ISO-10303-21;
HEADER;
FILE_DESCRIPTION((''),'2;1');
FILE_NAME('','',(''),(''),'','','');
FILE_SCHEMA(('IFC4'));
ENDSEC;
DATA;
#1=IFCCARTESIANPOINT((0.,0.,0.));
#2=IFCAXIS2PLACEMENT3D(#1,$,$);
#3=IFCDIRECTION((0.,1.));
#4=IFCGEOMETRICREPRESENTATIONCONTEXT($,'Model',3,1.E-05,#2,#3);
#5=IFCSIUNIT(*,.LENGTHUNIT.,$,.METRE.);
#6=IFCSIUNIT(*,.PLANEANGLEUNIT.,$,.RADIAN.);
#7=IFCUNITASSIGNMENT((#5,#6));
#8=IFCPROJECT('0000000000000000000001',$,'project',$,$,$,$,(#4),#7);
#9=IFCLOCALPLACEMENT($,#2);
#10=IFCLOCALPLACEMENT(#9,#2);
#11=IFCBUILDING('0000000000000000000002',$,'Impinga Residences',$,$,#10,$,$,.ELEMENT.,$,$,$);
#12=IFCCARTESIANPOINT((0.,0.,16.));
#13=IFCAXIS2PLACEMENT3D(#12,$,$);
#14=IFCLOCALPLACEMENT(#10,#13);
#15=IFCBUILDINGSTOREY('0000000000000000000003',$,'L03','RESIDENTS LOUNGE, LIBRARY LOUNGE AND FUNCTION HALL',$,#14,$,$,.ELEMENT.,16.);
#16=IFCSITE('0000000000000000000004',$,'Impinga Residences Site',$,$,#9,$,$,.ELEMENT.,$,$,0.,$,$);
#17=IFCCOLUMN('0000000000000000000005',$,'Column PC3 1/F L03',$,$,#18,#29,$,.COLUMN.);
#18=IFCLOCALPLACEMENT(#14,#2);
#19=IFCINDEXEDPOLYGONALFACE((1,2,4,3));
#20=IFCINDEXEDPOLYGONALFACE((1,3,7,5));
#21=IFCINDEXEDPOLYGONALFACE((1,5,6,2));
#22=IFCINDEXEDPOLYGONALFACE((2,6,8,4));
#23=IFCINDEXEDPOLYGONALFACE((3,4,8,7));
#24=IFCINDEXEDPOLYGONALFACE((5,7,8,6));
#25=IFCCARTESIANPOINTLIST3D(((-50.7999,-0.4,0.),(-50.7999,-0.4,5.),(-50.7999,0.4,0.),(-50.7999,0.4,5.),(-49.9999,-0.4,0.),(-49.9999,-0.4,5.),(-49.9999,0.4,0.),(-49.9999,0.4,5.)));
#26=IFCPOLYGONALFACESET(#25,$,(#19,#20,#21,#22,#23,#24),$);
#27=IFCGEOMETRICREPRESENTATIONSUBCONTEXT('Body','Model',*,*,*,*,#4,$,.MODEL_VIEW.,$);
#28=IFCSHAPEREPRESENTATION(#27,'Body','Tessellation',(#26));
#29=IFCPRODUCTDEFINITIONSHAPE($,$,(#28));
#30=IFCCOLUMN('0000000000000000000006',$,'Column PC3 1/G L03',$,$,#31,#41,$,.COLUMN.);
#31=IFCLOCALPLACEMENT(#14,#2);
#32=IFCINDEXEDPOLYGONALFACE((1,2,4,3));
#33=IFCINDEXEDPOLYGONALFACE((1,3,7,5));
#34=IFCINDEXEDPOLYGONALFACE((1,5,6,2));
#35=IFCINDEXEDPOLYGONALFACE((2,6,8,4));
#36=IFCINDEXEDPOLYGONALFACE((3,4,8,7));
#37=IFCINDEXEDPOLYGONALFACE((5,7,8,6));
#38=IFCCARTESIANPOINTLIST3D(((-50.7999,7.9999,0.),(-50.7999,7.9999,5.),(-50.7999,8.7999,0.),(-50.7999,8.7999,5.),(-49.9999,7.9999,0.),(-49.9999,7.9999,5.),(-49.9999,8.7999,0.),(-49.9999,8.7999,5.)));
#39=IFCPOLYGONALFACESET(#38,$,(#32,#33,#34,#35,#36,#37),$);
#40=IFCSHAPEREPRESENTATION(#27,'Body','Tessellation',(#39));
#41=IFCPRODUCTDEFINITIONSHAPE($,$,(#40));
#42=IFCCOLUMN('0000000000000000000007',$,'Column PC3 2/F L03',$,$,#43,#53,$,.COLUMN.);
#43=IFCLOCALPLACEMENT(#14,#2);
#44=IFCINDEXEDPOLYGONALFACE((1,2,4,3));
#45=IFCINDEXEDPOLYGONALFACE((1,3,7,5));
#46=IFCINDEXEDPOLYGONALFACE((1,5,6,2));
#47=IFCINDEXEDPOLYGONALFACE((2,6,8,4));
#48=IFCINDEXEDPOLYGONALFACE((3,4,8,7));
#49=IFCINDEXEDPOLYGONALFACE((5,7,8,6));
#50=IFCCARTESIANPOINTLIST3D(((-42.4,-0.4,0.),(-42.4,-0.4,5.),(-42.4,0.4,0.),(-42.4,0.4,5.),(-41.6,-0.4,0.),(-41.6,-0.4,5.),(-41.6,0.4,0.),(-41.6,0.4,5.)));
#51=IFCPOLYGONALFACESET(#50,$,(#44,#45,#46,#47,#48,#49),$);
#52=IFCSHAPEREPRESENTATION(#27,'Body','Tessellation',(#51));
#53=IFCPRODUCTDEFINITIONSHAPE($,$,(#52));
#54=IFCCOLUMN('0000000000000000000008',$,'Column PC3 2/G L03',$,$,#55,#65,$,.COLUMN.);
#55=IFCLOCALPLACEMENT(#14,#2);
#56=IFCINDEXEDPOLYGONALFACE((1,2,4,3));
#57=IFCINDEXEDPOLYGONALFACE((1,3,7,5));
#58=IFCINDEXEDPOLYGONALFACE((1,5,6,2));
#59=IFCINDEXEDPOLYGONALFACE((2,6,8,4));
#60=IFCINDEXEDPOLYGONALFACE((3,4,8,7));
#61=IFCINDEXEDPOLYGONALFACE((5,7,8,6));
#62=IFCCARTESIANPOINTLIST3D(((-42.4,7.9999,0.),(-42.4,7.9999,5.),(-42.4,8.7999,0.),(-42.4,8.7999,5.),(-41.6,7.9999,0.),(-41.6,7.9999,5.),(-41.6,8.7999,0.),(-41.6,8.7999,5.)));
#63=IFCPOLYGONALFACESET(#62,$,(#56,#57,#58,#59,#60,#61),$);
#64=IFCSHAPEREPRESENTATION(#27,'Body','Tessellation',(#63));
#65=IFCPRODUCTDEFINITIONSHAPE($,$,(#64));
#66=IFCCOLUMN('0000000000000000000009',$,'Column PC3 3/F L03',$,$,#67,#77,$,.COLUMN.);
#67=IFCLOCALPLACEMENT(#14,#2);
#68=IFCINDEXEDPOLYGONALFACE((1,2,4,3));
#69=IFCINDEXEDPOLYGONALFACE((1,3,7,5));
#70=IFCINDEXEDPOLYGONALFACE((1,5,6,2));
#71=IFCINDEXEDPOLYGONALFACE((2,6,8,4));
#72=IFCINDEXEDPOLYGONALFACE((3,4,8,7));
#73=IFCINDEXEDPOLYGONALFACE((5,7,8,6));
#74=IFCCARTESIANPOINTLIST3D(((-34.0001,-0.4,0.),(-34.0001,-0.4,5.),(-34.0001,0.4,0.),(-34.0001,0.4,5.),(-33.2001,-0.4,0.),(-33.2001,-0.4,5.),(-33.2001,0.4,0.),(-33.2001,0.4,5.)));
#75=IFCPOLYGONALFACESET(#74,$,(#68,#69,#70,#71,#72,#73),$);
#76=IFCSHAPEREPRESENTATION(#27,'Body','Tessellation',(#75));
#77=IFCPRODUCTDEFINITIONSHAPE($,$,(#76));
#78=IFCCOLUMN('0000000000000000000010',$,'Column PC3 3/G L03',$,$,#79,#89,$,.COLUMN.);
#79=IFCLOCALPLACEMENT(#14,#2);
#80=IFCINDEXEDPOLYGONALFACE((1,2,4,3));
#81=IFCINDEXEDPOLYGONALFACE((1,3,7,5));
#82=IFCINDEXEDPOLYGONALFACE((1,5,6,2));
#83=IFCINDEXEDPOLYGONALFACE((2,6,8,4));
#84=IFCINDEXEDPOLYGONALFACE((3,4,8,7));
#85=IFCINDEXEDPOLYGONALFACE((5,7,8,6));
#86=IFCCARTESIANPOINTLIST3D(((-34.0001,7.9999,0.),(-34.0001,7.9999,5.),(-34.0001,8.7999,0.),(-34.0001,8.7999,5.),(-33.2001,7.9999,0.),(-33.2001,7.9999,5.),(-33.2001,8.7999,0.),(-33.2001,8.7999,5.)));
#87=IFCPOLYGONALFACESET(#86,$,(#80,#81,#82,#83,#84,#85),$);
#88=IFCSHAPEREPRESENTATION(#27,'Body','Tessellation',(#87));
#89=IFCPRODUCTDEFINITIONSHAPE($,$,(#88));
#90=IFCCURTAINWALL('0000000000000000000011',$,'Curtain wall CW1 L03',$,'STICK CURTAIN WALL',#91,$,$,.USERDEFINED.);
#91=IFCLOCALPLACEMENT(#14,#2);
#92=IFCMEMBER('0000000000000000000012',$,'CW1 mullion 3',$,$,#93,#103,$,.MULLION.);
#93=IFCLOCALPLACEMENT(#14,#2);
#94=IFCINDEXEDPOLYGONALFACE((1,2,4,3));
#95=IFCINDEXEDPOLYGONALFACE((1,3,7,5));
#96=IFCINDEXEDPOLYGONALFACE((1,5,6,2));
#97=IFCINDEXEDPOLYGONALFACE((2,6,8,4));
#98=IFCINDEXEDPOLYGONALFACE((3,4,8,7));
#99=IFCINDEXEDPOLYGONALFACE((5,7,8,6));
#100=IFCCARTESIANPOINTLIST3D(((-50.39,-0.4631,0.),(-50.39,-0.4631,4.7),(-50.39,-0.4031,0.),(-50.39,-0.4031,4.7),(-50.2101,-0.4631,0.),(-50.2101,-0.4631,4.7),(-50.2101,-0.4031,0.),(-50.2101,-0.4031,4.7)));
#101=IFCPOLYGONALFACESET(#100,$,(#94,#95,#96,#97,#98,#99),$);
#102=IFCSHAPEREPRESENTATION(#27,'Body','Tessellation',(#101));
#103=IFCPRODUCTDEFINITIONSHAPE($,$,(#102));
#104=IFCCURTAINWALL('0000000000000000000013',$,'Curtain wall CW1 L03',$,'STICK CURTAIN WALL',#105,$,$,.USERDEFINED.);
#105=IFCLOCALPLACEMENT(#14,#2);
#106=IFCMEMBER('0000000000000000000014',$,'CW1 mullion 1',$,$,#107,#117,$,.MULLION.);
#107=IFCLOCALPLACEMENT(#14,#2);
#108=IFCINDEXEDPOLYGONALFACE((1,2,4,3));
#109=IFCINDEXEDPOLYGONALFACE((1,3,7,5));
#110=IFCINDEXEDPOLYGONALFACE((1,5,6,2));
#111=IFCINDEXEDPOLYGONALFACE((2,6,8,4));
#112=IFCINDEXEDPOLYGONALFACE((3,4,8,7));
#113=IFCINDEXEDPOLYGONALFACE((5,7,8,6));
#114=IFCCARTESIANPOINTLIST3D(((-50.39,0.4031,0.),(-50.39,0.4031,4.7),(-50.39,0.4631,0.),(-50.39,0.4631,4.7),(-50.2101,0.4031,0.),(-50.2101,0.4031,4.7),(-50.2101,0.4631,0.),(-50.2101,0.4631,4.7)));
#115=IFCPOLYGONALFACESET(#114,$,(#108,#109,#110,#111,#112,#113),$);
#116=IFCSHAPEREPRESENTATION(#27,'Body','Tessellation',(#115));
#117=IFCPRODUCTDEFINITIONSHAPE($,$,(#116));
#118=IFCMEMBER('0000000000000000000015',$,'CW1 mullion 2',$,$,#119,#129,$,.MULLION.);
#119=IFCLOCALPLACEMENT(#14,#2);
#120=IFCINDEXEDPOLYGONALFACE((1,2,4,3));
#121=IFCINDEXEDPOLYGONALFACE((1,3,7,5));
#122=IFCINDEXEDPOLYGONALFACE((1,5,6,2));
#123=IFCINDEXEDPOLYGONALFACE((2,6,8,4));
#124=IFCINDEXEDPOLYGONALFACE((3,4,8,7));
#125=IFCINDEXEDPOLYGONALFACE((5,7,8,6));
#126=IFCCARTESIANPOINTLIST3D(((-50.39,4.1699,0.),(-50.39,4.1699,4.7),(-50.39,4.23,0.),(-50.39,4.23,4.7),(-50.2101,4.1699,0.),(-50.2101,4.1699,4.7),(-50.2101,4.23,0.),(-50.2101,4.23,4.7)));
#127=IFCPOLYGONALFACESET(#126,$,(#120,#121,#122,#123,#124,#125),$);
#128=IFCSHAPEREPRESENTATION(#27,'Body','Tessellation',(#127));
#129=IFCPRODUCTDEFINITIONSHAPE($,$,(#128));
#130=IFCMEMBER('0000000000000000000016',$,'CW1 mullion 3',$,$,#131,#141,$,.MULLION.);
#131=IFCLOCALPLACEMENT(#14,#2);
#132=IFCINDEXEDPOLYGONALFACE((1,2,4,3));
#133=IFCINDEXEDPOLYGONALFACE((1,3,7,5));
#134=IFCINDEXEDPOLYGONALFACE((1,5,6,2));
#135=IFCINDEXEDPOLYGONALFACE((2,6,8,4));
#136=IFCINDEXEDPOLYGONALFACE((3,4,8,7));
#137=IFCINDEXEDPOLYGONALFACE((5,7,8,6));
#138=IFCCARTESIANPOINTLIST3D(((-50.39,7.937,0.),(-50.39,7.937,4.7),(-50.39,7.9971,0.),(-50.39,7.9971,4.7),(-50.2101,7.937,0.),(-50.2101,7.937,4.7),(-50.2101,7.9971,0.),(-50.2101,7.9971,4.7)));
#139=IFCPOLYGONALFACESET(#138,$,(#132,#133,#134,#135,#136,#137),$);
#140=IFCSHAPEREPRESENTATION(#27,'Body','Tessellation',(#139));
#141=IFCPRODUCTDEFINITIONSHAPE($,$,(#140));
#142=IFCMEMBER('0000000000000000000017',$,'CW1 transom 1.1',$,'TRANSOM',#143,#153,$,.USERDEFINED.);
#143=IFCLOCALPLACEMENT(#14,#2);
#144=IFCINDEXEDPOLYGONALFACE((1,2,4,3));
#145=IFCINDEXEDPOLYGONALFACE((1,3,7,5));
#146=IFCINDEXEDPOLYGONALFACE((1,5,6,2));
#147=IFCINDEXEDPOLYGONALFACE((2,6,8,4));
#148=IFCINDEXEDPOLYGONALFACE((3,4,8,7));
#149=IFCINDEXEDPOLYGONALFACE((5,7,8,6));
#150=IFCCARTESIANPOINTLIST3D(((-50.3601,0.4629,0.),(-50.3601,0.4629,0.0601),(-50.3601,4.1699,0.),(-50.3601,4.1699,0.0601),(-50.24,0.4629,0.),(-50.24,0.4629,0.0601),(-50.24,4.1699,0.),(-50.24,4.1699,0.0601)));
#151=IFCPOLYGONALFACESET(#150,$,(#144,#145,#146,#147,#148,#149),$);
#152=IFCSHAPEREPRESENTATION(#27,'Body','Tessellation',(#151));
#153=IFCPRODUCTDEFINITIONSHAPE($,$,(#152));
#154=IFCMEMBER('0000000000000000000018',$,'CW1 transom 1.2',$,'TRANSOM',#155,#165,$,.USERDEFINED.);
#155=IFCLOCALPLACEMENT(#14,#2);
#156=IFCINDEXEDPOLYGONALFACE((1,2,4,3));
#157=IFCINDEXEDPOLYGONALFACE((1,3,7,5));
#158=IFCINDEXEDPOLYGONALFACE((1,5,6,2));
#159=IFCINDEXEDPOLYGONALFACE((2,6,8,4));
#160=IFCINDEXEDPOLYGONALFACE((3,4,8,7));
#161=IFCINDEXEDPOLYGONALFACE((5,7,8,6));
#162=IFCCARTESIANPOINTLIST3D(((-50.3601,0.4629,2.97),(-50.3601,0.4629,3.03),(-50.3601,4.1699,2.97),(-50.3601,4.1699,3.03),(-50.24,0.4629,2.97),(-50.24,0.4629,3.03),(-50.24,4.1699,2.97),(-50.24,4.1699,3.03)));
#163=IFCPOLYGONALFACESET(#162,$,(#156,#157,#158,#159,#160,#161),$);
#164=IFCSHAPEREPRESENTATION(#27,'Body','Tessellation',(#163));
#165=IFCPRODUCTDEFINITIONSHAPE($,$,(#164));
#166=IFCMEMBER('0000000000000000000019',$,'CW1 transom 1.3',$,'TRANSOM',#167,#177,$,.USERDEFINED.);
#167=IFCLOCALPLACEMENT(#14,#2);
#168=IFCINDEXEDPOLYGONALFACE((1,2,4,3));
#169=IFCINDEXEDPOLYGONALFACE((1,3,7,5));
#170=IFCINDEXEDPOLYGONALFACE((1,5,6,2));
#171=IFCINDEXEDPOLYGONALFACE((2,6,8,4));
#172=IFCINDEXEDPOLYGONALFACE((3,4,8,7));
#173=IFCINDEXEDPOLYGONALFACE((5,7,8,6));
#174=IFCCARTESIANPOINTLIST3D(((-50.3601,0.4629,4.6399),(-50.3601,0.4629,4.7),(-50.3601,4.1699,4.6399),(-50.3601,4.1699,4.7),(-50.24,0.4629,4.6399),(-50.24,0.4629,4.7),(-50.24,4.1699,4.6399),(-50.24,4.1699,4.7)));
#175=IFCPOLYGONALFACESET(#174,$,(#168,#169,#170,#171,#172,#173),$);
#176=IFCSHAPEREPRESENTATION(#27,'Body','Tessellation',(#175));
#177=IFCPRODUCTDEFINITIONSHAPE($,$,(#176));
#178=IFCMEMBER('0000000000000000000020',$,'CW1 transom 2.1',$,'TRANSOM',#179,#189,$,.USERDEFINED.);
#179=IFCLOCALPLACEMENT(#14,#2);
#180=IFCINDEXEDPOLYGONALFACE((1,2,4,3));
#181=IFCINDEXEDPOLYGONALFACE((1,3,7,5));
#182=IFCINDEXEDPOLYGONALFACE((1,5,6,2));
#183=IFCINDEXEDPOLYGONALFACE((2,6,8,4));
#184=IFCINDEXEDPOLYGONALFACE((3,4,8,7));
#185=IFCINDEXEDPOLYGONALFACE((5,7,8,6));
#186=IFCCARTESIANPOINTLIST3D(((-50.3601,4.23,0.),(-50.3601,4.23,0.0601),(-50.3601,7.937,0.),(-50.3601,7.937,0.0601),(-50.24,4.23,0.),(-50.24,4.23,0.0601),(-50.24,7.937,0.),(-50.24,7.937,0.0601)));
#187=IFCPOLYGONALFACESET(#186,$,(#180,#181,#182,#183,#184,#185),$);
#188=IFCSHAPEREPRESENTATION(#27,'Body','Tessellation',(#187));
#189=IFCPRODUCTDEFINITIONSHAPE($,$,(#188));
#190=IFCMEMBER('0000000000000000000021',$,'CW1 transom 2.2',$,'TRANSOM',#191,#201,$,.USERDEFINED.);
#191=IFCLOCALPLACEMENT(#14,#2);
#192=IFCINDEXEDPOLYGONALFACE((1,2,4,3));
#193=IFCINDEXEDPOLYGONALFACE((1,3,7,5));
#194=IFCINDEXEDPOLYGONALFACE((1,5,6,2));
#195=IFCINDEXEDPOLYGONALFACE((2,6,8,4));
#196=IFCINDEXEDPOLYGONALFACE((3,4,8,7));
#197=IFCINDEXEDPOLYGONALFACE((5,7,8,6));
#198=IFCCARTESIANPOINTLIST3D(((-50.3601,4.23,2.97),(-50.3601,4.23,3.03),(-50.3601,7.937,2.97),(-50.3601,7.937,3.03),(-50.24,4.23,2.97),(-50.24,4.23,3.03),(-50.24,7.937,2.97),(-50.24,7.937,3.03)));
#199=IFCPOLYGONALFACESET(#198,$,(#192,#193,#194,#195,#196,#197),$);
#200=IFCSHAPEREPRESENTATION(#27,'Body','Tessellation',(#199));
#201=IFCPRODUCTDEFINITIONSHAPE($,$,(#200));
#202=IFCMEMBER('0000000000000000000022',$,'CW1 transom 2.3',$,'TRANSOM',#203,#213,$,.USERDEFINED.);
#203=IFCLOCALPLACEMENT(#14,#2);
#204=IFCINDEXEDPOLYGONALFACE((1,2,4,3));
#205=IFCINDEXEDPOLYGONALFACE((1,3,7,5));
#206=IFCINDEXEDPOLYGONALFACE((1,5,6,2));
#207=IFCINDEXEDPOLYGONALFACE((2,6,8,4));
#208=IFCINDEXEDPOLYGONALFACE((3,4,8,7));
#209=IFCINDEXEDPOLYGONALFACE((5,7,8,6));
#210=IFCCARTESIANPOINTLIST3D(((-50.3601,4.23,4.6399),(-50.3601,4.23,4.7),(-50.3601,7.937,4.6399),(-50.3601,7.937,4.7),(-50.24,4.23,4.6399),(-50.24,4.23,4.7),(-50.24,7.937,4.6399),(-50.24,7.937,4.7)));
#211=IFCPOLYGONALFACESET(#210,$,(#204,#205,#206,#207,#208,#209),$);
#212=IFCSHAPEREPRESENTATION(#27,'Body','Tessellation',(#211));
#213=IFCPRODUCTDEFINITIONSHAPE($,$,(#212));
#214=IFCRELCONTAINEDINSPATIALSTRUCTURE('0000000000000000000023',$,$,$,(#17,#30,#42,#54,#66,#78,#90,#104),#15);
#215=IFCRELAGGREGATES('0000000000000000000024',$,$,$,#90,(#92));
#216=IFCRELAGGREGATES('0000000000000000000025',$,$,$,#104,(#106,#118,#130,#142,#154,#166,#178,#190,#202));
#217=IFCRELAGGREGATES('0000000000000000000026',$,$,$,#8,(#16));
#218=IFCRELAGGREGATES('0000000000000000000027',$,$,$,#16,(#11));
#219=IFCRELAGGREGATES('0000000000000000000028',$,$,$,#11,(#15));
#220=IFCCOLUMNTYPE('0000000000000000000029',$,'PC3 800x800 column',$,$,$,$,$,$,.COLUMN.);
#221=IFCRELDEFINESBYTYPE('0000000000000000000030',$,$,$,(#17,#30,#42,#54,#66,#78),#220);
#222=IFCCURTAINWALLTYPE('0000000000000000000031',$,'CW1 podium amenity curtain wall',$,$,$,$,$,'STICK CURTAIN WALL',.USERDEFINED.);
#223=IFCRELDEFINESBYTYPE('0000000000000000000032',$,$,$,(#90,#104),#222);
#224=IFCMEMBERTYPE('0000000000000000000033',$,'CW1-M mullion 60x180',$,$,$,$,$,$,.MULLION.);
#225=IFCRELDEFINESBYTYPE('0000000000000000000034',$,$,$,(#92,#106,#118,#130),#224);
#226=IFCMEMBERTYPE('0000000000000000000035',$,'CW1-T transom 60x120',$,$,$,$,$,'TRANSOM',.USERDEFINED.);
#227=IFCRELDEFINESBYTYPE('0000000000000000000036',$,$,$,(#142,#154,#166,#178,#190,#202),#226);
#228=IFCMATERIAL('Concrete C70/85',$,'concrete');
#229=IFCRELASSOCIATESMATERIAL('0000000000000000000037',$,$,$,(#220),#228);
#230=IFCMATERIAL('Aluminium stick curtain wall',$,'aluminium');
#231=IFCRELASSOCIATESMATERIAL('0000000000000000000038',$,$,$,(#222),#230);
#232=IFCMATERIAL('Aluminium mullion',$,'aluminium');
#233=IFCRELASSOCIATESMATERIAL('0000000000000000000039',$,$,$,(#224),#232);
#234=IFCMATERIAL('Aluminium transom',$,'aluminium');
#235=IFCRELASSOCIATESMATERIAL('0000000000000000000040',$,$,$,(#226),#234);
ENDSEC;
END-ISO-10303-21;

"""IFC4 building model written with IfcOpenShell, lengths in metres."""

from ifc_helpers import new_model, si_unit, direction, frame, origin, origin_2d, place, context, subcontext, project, spatial, rectangle, extrude, material, material_profile, profile_set, type_object, element, aggregate, save


model = new_model("IFC4")

# Units and contexts
model_context = context("Model", 3, precision=1e-05, world=origin(), true_north=direction((0.0, 1.0)))
body_context = subcontext(model_context, "Body", "Model", "MODEL_VIEW")
ifc_project = project(units=[si_unit("LENGTHUNIT", "METRE"), si_unit("PLANEANGLEUNIT", "RADIAN")], contexts=[model_context])

# Site, building, storey
site_placement = place(None, origin())
site = spatial("IfcSite", under=ifc_project, at=site_placement, Name="Impinga Residences Site", CompositionType="ELEMENT", RefElevation=0.0)
building_placement = place(site_placement, origin())
building = spatial("IfcBuilding", under=site, at=building_placement, Name="Impinga Residences", CompositionType="ELEMENT")
storey_placement = place(building_placement, frame((0.0, 0.0, 16.0)))
storey = spatial("IfcBuildingStorey", under=building, at=storey_placement, Name="L03", Description="RESIDENTS LOUNGE, LIBRARY LOUNGE AND FUNCTION HALL", CompositionType="ELEMENT", Elevation=16.0)

# Columns
ifc_material_1 = material(Name="Concrete C70/85", Category="concrete")
ifc_material_profile_1 = material_profile(ifc_material_1, rectangle(XDim=0.8, YDim=0.8, at=origin_2d()), Name="RC 800x800")
ifc_profile_set_1 = profile_set([ifc_material_profile_1], Name="Concrete C70/85")
column_type = type_object("IfcColumnType", Name="PC3 800x800 column", PredefinedType="COLUMN", material=ifc_profile_set_1)
for number, where, z_axis, x_axis, name in (
    (1, (-50.3999, 0.0, 0.0), (0.0, 0.0, 1.0), (1.0, 0.0, 0.0), "Column PC3 1/F L03"),
    (2, (-50.3999, 8.3999, 0.0), (0.0, 0.0, 1.0), (1.0, 0.0, 0.0), "Column PC3 1/G L03"),
    (3, (-42.0, 0.0, 0.0), (0.0, 0.0, 1.0), (1.0, 0.0, 0.0), "Column PC3 2/F L03"),
    (4, (-42.0, 8.3999, 0.0), (0.0, 0.0, 1.0), (1.0, 0.0, 0.0), "Column PC3 2/G L03"),
    (5, (-33.6001, 0.0, 0.0), (0.0, 0.0, 1.0), (1.0, 0.0, 0.0), "Column PC3 3/F L03"),
    (6, (-33.6001, 8.3999, 0.0), (0.0, 0.0, 1.0), (1.0, 0.0, 0.0), "Column PC3 3/G L03"),
):
    element("IfcColumn", number, at=place(storey_placement, frame(where, z_axis=z_axis, x_axis=x_axis)), inside=storey, type_object=column_type, Name=name, PredefinedType="COLUMN", context=body_context, shape_type="SweptSolid", body=[
        extrude(rectangle(XDim=0.8, YDim=0.8, at=origin_2d()), origin(), (0.0, 0.0, 1.0), 5.0),
    ])

# Curtain wall, member
ifc_material_2 = material(Name="Aluminium stick curtain wall", Category="aluminium")
curtain_wall_type = type_object("IfcCurtainWallType", Name="CW1 podium amenity curtain wall", ElementType="STICK CURTAIN WALL", PredefinedType="USERDEFINED", material=ifc_material_2)
curtain_wall_1_placement = place(storey_placement, origin())
curtain_wall_1 = element("IfcCurtainWall", 7, at=curtain_wall_1_placement, inside=storey, type_object=curtain_wall_type, Name="Curtain wall CW1 L03", ObjectType="STICK CURTAIN WALL", PredefinedType="USERDEFINED")
ifc_material_3 = material(Name="Aluminium mullion", Category="aluminium")
ifc_material_profile_2 = material_profile(ifc_material_3, rectangle(XDim=0.0601, YDim=0.1799, at=origin_2d()), Name="60x180 mullion")
ifc_profile_set_2 = profile_set([ifc_material_profile_2], Name="Aluminium mullion")
member_type_1 = type_object("IfcMemberType", Name="CW1-M mullion 60x180", PredefinedType="MULLION", material=ifc_profile_set_2)
member_1_placement = place(storey_placement, frame((-50.3, -0.4331, 0.0), z_axis=(0.0, 0.0, 1.0), x_axis=(0.0, 1.0, 0.0)))
member_1 = element("IfcMember", 8, at=member_1_placement, type_object=member_type_1, Name="CW1 mullion 3", PredefinedType="MULLION", context=body_context, shape_type="SweptSolid", body=[
    extrude(rectangle(XDim=0.0601, YDim=0.1799, at=origin_2d()), origin(), (0.0, 0.0, 1.0), 4.7),
])

# Curtain wall, members
curtain_wall_2_placement = place(storey_placement, origin())
curtain_wall_2 = element("IfcCurtainWall", 9, at=curtain_wall_2_placement, inside=storey, type_object=curtain_wall_type, Name="Curtain wall CW1 L03", ObjectType="STICK CURTAIN WALL", PredefinedType="USERDEFINED")
member_2_placement = place(storey_placement, frame((-50.3, 0.4331, 0.0), z_axis=(0.0, 0.0, 1.0), x_axis=(0.0, 1.0, 0.0)))
member_2 = element("IfcMember", 10, at=member_2_placement, type_object=member_type_1, Name="CW1 mullion 1", PredefinedType="MULLION", context=body_context, shape_type="SweptSolid", body=[
    extrude(rectangle(XDim=0.0601, YDim=0.1799, at=origin_2d()), origin(), (0.0, 0.0, 1.0), 4.7),
])
member_3_placement = place(storey_placement, frame((-50.3, 4.2, 0.0), z_axis=(0.0, 0.0, 1.0), x_axis=(0.0, 1.0, 0.0)))
member_3 = element("IfcMember", 11, at=member_3_placement, type_object=member_type_1, Name="CW1 mullion 2", PredefinedType="MULLION", context=body_context, shape_type="SweptSolid", body=[
    extrude(rectangle(XDim=0.0601, YDim=0.1799, at=origin_2d()), origin(), (0.0, 0.0, 1.0), 4.7),
])
member_4_placement = place(storey_placement, frame((-50.3, 7.967, 0.0), z_axis=(0.0, 0.0, 1.0), x_axis=(0.0, 1.0, 0.0)))
member_4 = element("IfcMember", 12, at=member_4_placement, type_object=member_type_1, Name="CW1 mullion 3", PredefinedType="MULLION", context=body_context, shape_type="SweptSolid", body=[
    extrude(rectangle(XDim=0.0601, YDim=0.1799, at=origin_2d()), origin(), (0.0, 0.0, 1.0), 4.7),
])
ifc_material_4 = material(Name="Aluminium transom", Category="aluminium")
ifc_material_profile_3 = material_profile(ifc_material_4, rectangle(XDim=0.0601, YDim=0.1201, at=origin_2d()), Name="60x120 transom")
ifc_profile_set_3 = profile_set([ifc_material_profile_3], Name="Aluminium transom")
member_type_2 = type_object("IfcMemberType", Name="CW1-T transom 60x120", ElementType="TRANSOM", PredefinedType="USERDEFINED", material=ifc_profile_set_3)
member_5_placement = place(storey_placement, frame((-50.3, 0.4629, 0.03), z_axis=(0.0, 1.0, 0.0), x_axis=(0.0, 0.0, 1.0)))
member_5 = element("IfcMember", 13, at=member_5_placement, type_object=member_type_2, Name="CW1 transom 1.1", ObjectType="TRANSOM", PredefinedType="USERDEFINED", context=body_context, shape_type="SweptSolid", body=[
    extrude(rectangle(XDim=0.0601, YDim=0.1201, at=origin_2d()), origin(), (0.0, 0.0, 1.0), 3.707),
])
member_6_placement = place(storey_placement, frame((-50.3, 0.4629, 3.0), z_axis=(0.0, 1.0, 0.0), x_axis=(0.0, 0.0, 1.0)))
member_6 = element("IfcMember", 14, at=member_6_placement, type_object=member_type_2, Name="CW1 transom 1.2", ObjectType="TRANSOM", PredefinedType="USERDEFINED", context=body_context, shape_type="SweptSolid", body=[
    extrude(rectangle(XDim=0.0601, YDim=0.1201, at=origin_2d()), origin(), (0.0, 0.0, 1.0), 3.707),
])
member_7_placement = place(storey_placement, frame((-50.3, 0.4629, 4.6699), z_axis=(0.0, 1.0, 0.0), x_axis=(0.0, 0.0, 1.0)))
member_7 = element("IfcMember", 15, at=member_7_placement, type_object=member_type_2, Name="CW1 transom 1.3", ObjectType="TRANSOM", PredefinedType="USERDEFINED", context=body_context, shape_type="SweptSolid", body=[
    extrude(rectangle(XDim=0.0601, YDim=0.1201, at=origin_2d()), origin(), (0.0, 0.0, 1.0), 3.707),
])
member_8_placement = place(storey_placement, frame((-50.3, 4.23, 0.03), z_axis=(0.0, 1.0, 0.0), x_axis=(0.0, 0.0, 1.0)))
member_8 = element("IfcMember", 16, at=member_8_placement, type_object=member_type_2, Name="CW1 transom 2.1", ObjectType="TRANSOM", PredefinedType="USERDEFINED", context=body_context, shape_type="SweptSolid", body=[
    extrude(rectangle(XDim=0.0601, YDim=0.1201, at=origin_2d()), origin(), (0.0, 0.0, 1.0), 3.707),
])
member_9_placement = place(storey_placement, frame((-50.3, 4.23, 3.0), z_axis=(0.0, 1.0, 0.0), x_axis=(0.0, 0.0, 1.0)))
member_9 = element("IfcMember", 17, at=member_9_placement, type_object=member_type_2, Name="CW1 transom 2.2", ObjectType="TRANSOM", PredefinedType="USERDEFINED", context=body_context, shape_type="SweptSolid", body=[
    extrude(rectangle(XDim=0.0601, YDim=0.1201, at=origin_2d()), origin(), (0.0, 0.0, 1.0), 3.707),
])
member_10_placement = place(storey_placement, frame((-50.3, 4.23, 4.6699), z_axis=(0.0, 1.0, 0.0), x_axis=(0.0, 0.0, 1.0)))
member_10 = element("IfcMember", 18, at=member_10_placement, type_object=member_type_2, Name="CW1 transom 2.3", ObjectType="TRANSOM", PredefinedType="USERDEFINED", context=body_context, shape_type="SweptSolid", body=[
    extrude(rectangle(XDim=0.0601, YDim=0.1201, at=origin_2d()), origin(), (0.0, 0.0, 1.0), 3.707),
])

aggregate(curtain_wall_1, [member_1])
aggregate(curtain_wall_2, [member_2, member_3, member_4, member_5, member_6, member_7, member_8, member_9, member_10])

save(model, "model.ifc")
